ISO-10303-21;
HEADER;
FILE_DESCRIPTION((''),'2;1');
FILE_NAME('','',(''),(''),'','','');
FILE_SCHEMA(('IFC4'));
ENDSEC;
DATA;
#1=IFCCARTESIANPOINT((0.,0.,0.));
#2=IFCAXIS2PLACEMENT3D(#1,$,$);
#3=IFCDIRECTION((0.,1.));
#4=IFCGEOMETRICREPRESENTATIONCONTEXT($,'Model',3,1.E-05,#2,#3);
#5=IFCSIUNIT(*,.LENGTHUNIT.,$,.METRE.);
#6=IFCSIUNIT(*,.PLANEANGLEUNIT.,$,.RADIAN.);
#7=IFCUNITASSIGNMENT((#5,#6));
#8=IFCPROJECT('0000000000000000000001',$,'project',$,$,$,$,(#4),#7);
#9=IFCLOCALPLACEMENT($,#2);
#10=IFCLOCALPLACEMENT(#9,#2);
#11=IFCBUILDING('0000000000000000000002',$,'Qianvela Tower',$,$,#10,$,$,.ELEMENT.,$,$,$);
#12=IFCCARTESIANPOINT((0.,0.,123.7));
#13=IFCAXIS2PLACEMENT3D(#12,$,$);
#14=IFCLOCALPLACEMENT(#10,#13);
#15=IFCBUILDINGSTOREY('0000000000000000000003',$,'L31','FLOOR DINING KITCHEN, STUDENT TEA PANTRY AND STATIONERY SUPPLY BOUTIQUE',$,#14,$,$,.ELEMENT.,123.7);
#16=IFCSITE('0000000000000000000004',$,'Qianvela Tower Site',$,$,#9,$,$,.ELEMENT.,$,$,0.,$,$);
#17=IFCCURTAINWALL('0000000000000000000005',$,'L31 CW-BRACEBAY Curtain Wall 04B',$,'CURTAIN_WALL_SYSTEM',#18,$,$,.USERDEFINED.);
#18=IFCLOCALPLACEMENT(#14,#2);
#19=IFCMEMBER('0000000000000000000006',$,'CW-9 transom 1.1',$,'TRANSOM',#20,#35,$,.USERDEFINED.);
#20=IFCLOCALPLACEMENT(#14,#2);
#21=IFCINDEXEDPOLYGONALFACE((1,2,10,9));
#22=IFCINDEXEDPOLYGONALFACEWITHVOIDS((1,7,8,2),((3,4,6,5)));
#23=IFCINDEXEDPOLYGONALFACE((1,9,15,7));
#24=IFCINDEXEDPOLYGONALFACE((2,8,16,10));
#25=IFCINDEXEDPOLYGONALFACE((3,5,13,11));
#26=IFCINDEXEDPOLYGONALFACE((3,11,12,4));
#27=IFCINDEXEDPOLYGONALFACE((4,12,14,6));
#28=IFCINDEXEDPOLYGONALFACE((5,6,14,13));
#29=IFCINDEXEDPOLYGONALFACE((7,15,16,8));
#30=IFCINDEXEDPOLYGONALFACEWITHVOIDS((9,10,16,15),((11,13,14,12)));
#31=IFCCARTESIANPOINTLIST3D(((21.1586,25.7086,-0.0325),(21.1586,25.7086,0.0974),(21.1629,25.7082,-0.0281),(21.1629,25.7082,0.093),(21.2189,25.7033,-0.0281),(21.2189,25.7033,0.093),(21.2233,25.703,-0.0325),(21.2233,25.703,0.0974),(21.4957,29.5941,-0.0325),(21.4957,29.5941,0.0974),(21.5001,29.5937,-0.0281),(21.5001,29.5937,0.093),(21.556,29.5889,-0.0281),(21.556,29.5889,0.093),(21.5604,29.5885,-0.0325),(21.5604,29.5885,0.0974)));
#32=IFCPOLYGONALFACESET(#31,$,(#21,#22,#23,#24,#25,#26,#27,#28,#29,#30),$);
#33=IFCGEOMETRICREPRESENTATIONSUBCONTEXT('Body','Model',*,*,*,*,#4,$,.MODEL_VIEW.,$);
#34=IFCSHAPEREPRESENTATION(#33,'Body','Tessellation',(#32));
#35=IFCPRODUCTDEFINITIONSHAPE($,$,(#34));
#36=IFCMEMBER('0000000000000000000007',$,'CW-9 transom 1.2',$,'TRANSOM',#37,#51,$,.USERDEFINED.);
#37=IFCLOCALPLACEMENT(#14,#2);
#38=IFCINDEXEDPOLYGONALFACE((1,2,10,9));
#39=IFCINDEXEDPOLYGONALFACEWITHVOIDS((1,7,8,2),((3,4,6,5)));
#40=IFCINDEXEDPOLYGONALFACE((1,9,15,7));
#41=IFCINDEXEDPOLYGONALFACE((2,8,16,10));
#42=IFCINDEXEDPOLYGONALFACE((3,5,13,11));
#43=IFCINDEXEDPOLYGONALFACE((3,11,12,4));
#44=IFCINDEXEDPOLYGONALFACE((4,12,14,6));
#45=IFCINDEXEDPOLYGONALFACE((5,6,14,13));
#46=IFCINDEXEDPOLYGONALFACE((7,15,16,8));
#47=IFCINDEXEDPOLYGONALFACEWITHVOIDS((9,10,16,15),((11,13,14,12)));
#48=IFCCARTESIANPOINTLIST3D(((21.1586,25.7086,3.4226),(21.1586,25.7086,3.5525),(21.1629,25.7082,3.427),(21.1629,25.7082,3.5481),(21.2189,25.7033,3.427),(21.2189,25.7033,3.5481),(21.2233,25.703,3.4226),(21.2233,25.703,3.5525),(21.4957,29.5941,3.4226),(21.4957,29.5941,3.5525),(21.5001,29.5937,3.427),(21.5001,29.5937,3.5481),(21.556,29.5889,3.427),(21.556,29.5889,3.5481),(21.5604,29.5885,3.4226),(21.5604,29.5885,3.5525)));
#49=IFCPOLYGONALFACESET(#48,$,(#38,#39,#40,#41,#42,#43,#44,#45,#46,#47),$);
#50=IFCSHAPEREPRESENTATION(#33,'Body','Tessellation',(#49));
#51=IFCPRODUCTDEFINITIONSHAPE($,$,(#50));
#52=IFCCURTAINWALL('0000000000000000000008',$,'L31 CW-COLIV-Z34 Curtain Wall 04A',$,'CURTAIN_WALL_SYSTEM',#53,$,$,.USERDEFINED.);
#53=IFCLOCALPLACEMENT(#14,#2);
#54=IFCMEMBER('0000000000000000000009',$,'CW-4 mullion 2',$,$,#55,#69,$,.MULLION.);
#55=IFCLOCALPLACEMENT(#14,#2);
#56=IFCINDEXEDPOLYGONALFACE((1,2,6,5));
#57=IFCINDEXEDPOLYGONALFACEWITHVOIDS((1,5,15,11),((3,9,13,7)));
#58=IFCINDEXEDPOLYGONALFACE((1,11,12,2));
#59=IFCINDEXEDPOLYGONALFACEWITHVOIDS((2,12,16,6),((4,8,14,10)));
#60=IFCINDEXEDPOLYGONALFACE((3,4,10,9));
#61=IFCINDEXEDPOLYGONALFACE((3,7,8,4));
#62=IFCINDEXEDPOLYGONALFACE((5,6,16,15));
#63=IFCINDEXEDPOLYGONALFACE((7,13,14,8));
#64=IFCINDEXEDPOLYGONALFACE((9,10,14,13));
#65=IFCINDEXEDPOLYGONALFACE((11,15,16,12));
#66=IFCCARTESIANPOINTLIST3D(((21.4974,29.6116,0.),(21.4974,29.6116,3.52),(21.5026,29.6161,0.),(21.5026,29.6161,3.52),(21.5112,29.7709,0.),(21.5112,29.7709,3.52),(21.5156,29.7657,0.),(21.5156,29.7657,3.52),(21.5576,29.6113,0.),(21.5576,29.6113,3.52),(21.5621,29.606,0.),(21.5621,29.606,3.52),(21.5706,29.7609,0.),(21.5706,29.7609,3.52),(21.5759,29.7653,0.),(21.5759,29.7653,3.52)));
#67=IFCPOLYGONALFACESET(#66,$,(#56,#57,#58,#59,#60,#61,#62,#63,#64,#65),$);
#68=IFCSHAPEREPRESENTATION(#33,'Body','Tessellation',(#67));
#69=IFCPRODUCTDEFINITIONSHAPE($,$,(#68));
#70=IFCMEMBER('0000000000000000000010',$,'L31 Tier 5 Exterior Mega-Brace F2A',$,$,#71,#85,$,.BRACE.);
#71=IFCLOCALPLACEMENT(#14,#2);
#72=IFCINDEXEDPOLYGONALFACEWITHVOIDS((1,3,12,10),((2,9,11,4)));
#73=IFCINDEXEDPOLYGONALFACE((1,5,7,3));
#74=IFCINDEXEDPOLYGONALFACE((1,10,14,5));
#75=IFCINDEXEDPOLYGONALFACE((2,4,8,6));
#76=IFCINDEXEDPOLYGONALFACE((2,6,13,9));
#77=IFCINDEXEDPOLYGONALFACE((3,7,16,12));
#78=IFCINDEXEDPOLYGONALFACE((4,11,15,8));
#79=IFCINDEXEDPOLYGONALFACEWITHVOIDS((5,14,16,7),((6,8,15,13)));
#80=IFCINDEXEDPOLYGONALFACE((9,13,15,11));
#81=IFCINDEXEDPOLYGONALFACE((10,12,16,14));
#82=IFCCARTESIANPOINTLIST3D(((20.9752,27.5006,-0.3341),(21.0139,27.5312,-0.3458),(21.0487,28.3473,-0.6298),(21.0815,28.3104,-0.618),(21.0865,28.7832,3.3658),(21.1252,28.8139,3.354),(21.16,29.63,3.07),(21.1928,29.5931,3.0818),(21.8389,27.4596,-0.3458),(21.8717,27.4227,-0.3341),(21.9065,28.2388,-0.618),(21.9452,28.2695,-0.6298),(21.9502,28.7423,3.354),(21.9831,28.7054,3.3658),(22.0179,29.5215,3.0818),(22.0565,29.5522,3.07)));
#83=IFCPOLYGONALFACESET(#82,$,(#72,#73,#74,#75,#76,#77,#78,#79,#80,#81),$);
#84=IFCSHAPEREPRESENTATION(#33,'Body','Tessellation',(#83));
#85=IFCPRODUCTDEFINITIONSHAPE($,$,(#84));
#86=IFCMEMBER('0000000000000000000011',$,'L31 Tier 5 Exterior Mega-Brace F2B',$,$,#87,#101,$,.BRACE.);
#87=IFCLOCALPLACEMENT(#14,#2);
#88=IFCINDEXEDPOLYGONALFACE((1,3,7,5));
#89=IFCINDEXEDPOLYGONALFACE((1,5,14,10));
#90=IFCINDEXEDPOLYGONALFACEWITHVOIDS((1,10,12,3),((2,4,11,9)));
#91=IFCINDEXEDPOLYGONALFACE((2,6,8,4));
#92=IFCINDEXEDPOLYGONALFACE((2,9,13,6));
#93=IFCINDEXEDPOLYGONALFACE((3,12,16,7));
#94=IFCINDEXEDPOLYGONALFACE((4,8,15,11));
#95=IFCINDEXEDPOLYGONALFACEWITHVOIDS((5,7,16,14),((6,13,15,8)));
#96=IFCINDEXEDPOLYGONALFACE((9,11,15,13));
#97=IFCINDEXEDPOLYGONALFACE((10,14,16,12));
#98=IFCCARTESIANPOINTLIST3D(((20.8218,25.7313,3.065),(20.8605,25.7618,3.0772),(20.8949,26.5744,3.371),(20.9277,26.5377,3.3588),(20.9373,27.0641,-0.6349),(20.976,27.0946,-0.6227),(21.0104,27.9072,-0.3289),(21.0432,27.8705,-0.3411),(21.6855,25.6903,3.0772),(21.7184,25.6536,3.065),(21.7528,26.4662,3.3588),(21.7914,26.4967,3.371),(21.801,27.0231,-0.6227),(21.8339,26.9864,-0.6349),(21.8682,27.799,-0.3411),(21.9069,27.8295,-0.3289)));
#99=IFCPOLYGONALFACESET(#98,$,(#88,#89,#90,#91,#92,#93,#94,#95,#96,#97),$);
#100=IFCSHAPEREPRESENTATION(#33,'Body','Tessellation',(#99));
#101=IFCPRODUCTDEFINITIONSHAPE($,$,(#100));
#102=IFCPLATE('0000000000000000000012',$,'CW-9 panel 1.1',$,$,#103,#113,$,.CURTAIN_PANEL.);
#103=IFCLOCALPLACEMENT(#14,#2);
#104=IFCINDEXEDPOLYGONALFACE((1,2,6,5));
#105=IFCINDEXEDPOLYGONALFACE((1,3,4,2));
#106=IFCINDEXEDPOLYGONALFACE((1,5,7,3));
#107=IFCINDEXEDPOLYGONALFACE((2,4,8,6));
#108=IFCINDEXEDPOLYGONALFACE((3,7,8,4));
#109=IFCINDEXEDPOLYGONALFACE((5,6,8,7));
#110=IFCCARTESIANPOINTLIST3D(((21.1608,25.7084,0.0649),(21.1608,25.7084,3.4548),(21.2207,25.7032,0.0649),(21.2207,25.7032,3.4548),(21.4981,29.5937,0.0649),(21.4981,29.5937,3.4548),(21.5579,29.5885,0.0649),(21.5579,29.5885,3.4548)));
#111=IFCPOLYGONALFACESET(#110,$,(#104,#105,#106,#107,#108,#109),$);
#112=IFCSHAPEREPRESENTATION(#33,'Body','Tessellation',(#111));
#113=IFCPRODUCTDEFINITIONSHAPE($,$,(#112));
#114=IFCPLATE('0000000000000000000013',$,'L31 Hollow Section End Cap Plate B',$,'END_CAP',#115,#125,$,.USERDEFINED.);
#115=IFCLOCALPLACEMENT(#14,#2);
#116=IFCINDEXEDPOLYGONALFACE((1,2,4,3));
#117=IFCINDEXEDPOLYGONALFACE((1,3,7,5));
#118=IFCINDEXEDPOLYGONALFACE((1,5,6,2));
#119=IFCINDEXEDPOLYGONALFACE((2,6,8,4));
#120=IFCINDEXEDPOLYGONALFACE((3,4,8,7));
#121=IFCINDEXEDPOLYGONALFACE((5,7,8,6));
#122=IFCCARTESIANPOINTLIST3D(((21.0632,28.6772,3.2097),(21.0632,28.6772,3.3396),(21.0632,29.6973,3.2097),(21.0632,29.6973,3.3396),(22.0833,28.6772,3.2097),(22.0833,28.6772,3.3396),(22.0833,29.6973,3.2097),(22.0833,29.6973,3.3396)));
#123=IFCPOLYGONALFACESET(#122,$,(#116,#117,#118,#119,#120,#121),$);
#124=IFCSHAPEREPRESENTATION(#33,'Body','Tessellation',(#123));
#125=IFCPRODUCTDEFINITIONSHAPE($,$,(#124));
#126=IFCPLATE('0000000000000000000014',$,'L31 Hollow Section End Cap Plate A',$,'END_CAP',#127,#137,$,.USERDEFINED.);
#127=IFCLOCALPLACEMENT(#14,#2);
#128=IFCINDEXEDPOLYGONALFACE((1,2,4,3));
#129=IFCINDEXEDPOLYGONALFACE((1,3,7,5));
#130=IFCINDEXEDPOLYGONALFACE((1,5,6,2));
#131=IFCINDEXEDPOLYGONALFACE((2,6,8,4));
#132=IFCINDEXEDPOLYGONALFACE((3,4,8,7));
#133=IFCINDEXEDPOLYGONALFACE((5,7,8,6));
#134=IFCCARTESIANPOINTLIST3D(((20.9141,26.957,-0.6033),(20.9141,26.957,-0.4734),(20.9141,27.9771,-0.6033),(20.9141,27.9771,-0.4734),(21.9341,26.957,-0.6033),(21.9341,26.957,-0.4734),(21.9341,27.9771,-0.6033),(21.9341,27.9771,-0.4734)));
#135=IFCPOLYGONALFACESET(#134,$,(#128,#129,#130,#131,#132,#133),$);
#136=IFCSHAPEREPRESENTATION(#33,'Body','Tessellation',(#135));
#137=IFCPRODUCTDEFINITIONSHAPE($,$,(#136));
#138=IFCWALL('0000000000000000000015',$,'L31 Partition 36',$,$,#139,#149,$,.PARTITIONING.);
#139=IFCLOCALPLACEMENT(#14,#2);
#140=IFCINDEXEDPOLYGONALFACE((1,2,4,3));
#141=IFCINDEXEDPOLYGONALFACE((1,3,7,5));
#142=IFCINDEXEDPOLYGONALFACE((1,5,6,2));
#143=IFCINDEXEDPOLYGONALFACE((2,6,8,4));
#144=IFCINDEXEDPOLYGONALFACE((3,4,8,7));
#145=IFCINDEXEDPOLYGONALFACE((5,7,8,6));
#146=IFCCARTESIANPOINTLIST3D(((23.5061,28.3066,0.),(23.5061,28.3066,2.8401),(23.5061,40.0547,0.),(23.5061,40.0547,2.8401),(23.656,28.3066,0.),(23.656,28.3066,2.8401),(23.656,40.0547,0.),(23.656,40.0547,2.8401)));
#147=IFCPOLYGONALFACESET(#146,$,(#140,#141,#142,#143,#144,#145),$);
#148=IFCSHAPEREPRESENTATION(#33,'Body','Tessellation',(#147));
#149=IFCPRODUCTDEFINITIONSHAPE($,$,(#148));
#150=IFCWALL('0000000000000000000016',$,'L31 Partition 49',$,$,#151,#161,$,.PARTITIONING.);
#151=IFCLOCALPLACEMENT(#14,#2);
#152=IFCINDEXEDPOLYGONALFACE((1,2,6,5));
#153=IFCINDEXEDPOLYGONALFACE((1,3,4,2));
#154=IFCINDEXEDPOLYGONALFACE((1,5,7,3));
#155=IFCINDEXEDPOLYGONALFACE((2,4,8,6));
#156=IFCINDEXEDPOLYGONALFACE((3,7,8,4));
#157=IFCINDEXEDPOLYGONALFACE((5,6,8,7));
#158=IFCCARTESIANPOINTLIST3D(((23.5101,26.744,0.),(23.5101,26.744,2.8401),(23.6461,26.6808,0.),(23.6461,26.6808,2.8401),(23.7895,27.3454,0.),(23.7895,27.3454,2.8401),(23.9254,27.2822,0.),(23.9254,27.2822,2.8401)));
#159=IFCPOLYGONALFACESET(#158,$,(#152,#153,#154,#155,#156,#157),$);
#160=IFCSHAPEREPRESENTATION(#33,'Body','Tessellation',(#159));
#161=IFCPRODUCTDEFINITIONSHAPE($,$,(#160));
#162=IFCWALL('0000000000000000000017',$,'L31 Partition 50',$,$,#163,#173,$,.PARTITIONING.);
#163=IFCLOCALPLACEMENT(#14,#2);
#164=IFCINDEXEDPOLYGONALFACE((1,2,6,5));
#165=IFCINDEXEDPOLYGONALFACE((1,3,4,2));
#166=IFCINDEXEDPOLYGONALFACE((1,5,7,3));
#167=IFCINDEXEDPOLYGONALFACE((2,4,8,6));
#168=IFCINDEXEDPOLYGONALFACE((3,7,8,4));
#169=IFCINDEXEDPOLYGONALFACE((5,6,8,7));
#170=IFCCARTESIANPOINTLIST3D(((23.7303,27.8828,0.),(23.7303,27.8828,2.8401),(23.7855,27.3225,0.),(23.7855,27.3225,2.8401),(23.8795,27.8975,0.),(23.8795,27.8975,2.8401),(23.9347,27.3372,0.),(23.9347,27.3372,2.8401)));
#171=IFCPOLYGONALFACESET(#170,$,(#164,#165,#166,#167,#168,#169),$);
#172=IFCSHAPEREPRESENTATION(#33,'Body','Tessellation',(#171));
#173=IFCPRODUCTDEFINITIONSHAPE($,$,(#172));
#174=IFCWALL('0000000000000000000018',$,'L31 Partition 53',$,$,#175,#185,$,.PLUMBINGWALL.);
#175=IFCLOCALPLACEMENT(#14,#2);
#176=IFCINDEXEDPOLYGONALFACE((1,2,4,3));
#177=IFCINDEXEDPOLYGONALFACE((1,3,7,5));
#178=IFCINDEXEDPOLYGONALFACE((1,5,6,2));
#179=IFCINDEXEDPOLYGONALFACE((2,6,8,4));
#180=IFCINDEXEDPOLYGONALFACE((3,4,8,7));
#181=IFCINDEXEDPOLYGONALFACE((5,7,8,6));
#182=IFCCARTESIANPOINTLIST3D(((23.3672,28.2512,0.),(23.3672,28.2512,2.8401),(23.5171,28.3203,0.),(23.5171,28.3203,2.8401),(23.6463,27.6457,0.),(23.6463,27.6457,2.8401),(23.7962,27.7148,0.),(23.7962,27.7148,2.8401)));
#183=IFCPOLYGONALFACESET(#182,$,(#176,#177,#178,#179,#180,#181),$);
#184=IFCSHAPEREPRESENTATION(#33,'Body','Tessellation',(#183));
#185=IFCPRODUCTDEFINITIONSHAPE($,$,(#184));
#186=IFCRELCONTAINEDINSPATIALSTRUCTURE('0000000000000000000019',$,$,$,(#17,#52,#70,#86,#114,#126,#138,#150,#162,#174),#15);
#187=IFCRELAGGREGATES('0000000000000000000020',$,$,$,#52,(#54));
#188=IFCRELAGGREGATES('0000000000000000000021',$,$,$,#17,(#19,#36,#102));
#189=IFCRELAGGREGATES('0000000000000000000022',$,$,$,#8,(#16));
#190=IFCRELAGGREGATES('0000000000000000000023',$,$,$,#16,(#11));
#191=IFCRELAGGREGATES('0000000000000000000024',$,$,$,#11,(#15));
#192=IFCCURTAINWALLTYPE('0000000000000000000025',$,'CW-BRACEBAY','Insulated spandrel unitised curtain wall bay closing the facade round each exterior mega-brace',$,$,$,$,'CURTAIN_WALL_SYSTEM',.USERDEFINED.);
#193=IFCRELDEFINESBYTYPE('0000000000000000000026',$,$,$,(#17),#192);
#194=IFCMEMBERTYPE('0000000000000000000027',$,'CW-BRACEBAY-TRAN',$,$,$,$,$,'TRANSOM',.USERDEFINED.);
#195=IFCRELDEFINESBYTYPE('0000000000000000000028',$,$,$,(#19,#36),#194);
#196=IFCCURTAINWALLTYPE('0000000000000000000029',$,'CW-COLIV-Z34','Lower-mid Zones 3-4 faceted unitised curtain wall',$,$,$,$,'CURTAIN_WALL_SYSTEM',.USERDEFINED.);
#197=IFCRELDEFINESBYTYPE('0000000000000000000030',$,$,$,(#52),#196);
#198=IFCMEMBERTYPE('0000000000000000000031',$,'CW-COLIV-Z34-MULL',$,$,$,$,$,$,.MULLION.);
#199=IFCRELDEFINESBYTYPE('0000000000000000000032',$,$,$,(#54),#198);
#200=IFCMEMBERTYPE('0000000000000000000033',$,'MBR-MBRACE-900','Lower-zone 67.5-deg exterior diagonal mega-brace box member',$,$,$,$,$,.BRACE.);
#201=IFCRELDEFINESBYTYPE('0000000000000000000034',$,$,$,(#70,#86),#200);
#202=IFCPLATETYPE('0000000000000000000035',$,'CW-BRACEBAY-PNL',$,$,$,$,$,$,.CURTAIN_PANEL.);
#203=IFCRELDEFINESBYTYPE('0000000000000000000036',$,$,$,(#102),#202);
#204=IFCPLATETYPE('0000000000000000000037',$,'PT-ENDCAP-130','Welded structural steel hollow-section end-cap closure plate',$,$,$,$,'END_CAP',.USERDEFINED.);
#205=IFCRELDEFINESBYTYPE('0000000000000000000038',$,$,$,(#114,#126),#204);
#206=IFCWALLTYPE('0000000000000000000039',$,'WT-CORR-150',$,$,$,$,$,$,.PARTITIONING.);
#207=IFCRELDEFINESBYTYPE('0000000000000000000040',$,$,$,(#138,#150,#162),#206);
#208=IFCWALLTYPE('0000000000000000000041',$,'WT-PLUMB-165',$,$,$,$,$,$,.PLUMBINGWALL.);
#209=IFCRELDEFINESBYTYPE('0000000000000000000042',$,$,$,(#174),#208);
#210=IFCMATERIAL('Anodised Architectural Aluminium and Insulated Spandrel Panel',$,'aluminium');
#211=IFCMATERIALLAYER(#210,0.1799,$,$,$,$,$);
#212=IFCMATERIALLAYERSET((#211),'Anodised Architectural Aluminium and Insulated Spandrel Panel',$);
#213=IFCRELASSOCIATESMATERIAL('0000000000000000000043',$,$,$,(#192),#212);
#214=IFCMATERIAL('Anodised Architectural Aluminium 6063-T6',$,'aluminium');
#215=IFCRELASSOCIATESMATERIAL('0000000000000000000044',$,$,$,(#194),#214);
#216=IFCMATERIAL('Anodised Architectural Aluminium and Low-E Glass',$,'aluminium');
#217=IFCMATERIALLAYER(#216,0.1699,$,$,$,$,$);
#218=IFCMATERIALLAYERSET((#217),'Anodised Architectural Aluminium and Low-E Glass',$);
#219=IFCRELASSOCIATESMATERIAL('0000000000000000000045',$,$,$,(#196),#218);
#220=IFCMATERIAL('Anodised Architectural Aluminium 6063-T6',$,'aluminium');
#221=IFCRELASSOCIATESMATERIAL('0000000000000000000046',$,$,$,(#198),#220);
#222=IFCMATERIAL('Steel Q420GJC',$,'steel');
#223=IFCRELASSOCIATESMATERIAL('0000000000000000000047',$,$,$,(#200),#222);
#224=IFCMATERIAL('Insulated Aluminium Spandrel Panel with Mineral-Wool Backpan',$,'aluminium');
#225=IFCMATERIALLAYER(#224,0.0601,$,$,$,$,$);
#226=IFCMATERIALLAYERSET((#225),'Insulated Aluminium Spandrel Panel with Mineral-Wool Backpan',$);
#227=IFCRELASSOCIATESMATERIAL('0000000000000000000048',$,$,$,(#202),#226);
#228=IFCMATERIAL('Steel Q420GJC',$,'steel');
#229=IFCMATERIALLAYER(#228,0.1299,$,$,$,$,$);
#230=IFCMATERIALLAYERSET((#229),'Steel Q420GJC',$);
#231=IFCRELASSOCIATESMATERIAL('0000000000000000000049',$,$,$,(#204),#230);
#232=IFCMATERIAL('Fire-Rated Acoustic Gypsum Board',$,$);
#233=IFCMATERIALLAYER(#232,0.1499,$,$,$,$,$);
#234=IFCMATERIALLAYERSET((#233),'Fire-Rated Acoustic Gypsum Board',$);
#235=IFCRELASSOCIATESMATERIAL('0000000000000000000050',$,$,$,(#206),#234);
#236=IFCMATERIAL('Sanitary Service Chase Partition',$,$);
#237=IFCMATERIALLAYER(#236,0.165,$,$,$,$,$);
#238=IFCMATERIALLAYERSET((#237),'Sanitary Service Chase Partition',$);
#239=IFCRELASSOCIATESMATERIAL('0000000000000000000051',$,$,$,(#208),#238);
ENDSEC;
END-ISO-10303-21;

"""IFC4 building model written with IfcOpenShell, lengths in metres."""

from ifc_helpers import new_model, si_unit, direction, frame, frame_2d, origin, origin_2d, place, context, subcontext, project, spatial, rectangle, hollow_rectangle, extrude, material, layer, layer_set, material_profile, profile_set, type_object, element, aggregate, save


model = new_model("IFC4")

# Units and contexts
model_context = context("Model", 3, precision=1e-05, world=origin(), true_north=direction((0.0, 1.0)))
body_context = subcontext(model_context, "Body", "Model", "MODEL_VIEW")
ifc_project = project(units=[si_unit("LENGTHUNIT", "METRE"), si_unit("PLANEANGLEUNIT", "RADIAN")], contexts=[model_context])

# Site, building, storey
site_placement = place(None, origin())
site = spatial("IfcSite", under=ifc_project, at=site_placement, Name="Qianvela Tower Site", CompositionType="ELEMENT", RefElevation=0.0)
building_placement = place(site_placement, origin())
building = spatial("IfcBuilding", under=site, at=building_placement, Name="Qianvela Tower", CompositionType="ELEMENT")
storey_placement = place(building_placement, frame((0.0, 0.0, 123.7)))
storey = spatial("IfcBuildingStorey", under=building, at=storey_placement, Name="L31", Description="FLOOR DINING KITCHEN, STUDENT TEA PANTRY AND STATIONERY SUPPLY BOUTIQUE", CompositionType="ELEMENT", Elevation=123.7)

# Curtain wall, members
ifc_material_1 = material(Name="Anodised Architectural Aluminium and Insulated Spandrel Panel", Category="aluminium")
ifc_layer_1 = layer(ifc_material_1, 0.1799)
ifc_layer_set_1 = layer_set([ifc_layer_1], Name="Anodised Architectural Aluminium and Insulated Spandrel Panel")
curtain_wall_type_1 = type_object("IfcCurtainWallType", Name="CW-BRACEBAY", Description="Insulated spandrel unitised curtain wall bay closing the facade round each exterior mega-brace", ElementType="CURTAIN_WALL_SYSTEM", PredefinedType="USERDEFINED", material=ifc_layer_set_1)
curtain_wall_1_placement = place(storey_placement, origin())
curtain_wall_1 = element("IfcCurtainWall", 1, at=curtain_wall_1_placement, inside=storey, type_object=curtain_wall_type_1, Name="L31 CW-BRACEBAY Curtain Wall 04B", ObjectType="CURTAIN_WALL_SYSTEM", PredefinedType="USERDEFINED")
ifc_material_2 = material(Name="Anodised Architectural Aluminium 6063-T6", Category="aluminium")
ifc_material_profile_1 = material_profile(ifc_material_2, hollow_rectangle(XDim=0.0649, YDim=0.1299, WallThickness=0.0044, at=origin_2d()), Name="ALU-TRAN-65x130")
ifc_profile_set_1 = profile_set([ifc_material_profile_1], Name="Anodised Architectural Aluminium 6063-T6")
member_type_1 = type_object("IfcMemberType", Name="CW-BRACEBAY-TRAN", ElementType="TRANSOM", PredefinedType="USERDEFINED", material=ifc_profile_set_1)
member_1_placement = place(storey_placement, frame((21.5281, 29.5913, 0.0325), z_axis=(-0.086449, -0.996256, 0.0), x_axis=(0.996256, -0.086449, 0.0)))
member_1 = element("IfcMember", 2, at=member_1_placement, type_object=member_type_1, Name="CW-9 transom 1.1", ObjectType="TRANSOM", PredefinedType="USERDEFINED", context=body_context, shape_type="SweptSolid", body=[
    extrude(hollow_rectangle(XDim=0.0649, YDim=0.1299, WallThickness=0.0044, at=origin_2d()), origin(), (0.0, 0.0, 1.0), 3.9001),
])
member_2_placement = place(storey_placement, frame((21.5281, 29.5913, 3.4875), z_axis=(-0.086449, -0.996256, 0.0), x_axis=(0.996256, -0.086449, 0.0)))
member_2 = element("IfcMember", 3, at=member_2_placement, type_object=member_type_1, Name="CW-9 transom 1.2", ObjectType="TRANSOM", PredefinedType="USERDEFINED", context=body_context, shape_type="SweptSolid", body=[
    extrude(hollow_rectangle(XDim=0.0649, YDim=0.1299, WallThickness=0.0044, at=origin_2d()), origin(), (0.0, 0.0, 1.0), 3.9001),
])

# Curtain wall, member
ifc_material_3 = material(Name="Anodised Architectural Aluminium and Low-E Glass", Category="aluminium")
ifc_layer_2 = layer(ifc_material_3, 0.1699)
ifc_layer_set_2 = layer_set([ifc_layer_2], Name="Anodised Architectural Aluminium and Low-E Glass")
curtain_wall_type_2 = type_object("IfcCurtainWallType", Name="CW-COLIV-Z34", Description="Lower-mid Zones 3-4 faceted unitised curtain wall", ElementType="CURTAIN_WALL_SYSTEM", PredefinedType="USERDEFINED", material=ifc_layer_set_2)
curtain_wall_2_placement = place(storey_placement, origin())
curtain_wall_2 = element("IfcCurtainWall", 4, at=curtain_wall_2_placement, inside=storey, type_object=curtain_wall_type_2, Name="L31 CW-COLIV-Z34 Curtain Wall 04A", ObjectType="CURTAIN_WALL_SYSTEM", PredefinedType="USERDEFINED")
ifc_material_4 = material(Name="Anodised Architectural Aluminium 6063-T6", Category="aluminium")
ifc_material_profile_2 = material_profile(ifc_material_4, hollow_rectangle(XDim=0.0649, YDim=0.1599, WallThickness=0.0049, at=origin_2d()), Name="ALU-MULL-65x160")
ifc_profile_set_2 = profile_set([ifc_material_profile_2], Name="Anodised Architectural Aluminium 6063-T6")
member_type_2 = type_object("IfcMemberType", Name="CW-COLIV-Z34-MULL", PredefinedType="MULLION", material=ifc_profile_set_2)
member_3_placement = place(storey_placement, frame((21.5366, 29.6885, 0.0), z_axis=(0.0, 0.0, 1.0), x_axis=(0.996255, -0.086459, 0.0)))
member_3 = element("IfcMember", 5, at=member_3_placement, type_object=member_type_2, Name="CW-4 mullion 2", PredefinedType="MULLION", context=body_context, shape_type="SweptSolid", body=[
    extrude(hollow_rectangle(XDim=0.0649, YDim=0.1599, WallThickness=0.0049, at=origin_2d()), origin(), (0.0, 0.0, 1.0), 3.52),
])
aggregate(curtain_wall_2, [member_3])

# Members
ifc_material_5 = material(Name="Steel Q420GJC", Category="steel")
ifc_material_profile_3 = material_profile(ifc_material_5, hollow_rectangle(XDim=0.8999, YDim=0.8999, WallThickness=0.0359, at=origin_2d()), Name="MBOX-900x900x36")
ifc_profile_set_3 = profile_set([ifc_material_profile_3], Name="Steel Q420GJC")
member_type_3 = type_object("IfcMemberType", Name="MBR-MBRACE-900", Description="Lower-zone 67.5-deg exterior diagonal mega-brace box member", PredefinedType="BRACE", material=ifc_profile_set_3)
member_4_placement = place(storey_placement, frame((21.4602, 27.885, -0.4819), z_axis=(0.028418, 0.327426, 0.944449), x_axis=(-0.996255, 0.086466, 0.0)))
element("IfcMember", 6, at=member_4_placement, inside=storey, type_object=member_type_3, Name="L31 Tier 5 Exterior Mega-Brace F2A", PredefinedType="BRACE", context=body_context, shape_type="SweptSolid", body=[
    extrude(hollow_rectangle(XDim=0.8999, YDim=0.8999, WallThickness=0.0359, at=origin_2d()), origin(), (0.0, 0.0, 1.0), 3.9175),
])
member_5_placement = place(storey_placement, frame((21.4221, 27.4468, -0.4819), z_axis=(-0.029351, -0.338749, 0.940419), x_axis=(0.996267, -0.086322, 0.0)))
element("IfcMember", 7, at=member_5_placement, inside=storey, type_object=member_type_3, Name="L31 Tier 5 Exterior Mega-Brace F2B", PredefinedType="BRACE", context=body_context, shape_type="SweptSolid", body=[
    extrude(hollow_rectangle(XDim=0.8999, YDim=0.8999, WallThickness=0.0359, at=origin_2d()), origin(), (0.0, 0.0, 1.0), 3.9343),
])

# Plate
ifc_material_6 = material(Name="Insulated Aluminium Spandrel Panel with Mineral-Wool Backpan", Category="aluminium")
ifc_layer_3 = layer(ifc_material_6, 0.0601)
ifc_layer_set_3 = layer_set([ifc_layer_3], Name="Insulated Aluminium Spandrel Panel with Mineral-Wool Backpan")
plate_type_1 = type_object("IfcPlateType", Name="CW-BRACEBAY-PNL", PredefinedType="CURTAIN_PANEL", material=ifc_layer_set_3)
plate_placement = place(storey_placement, frame((21.3594, 27.6484, 0.0649), z_axis=(0.0, 0.0, 1.0), x_axis=(-0.086476, -0.996254, 0.0)))
plate = element("IfcPlate", 8, at=plate_placement, type_object=plate_type_1, Name="CW-9 panel 1.1", PredefinedType="CURTAIN_PANEL", context=body_context, shape_type="SweptSolid", body=[
    extrude(rectangle(XDim=3.8999, YDim=0.0601, at=origin_2d()), origin(), (0.0, 0.0, 1.0), 3.3899),
])
aggregate(curtain_wall_1, [member_1, member_2, plate])

# Plates
ifc_material_7 = material(Name="Steel Q420GJC", Category="steel")
ifc_layer_4 = layer(ifc_material_7, 0.1299)
ifc_layer_set_4 = layer_set([ifc_layer_4], Name="Steel Q420GJC")
plate_type_2 = type_object("IfcPlateType", Name="PT-ENDCAP-130", Description="Welded structural steel hollow-section end-cap closure plate", ElementType="END_CAP", PredefinedType="USERDEFINED", material=ifc_layer_set_4)
for number, where, z_axis, x_axis, name in (
    (9, (21.5732, 29.1873, 3.2097), (0.0, 0.0, 1.0), (1.0, 0.0, 0.0), "L31 Hollow Section End Cap Plate B"),
    (10, (21.4241, 27.467, -0.6033), (0.0, 0.0, 1.0), (1.0, 0.0, 0.0), "L31 Hollow Section End Cap Plate A"),
):
    element("IfcPlate", number, at=place(storey_placement, frame(where, z_axis=z_axis, x_axis=x_axis)), inside=storey, type_object=plate_type_2, Name=name, ObjectType="END_CAP", PredefinedType="USERDEFINED", context=body_context, shape_type="SweptSolid", body=[
        extrude(rectangle(XDim=1.02, YDim=1.02, at=origin_2d()), origin(), (0.0, 0.0, 1.0), 0.1299),
    ])

# Walls
ifc_material_8 = material(Name="Fire-Rated Acoustic Gypsum Board")
ifc_layer_5 = layer(ifc_material_8, 0.1499)
ifc_layer_set_5 = layer_set([ifc_layer_5], Name="Fire-Rated Acoustic Gypsum Board")
wall_type_1 = type_object("IfcWallType", Name="WT-CORR-150", PredefinedType="PARTITIONING", material=ifc_layer_set_5)
wall_1_placement = place(storey_placement, frame((23.5811, 28.3066, 0.0), z_axis=(0.0, 0.0, 1.0), x_axis=(0.0, 1.0, 0.0)))
element("IfcWall", 11, at=wall_1_placement, inside=storey, type_object=wall_type_1, Name="L31 Partition 36", PredefinedType="PARTITIONING", context=body_context, shape_type="SweptSolid", body=[
    extrude(rectangle(XDim=11.748, YDim=0.1499, at=frame_2d((5.874, 0.0))), origin(), (0.0, 0.0, 1.0), 2.8401),
])
wall_2_placement = place(storey_placement, frame((23.5781, 26.7124, 0.0), z_axis=(0.0, 0.0, 1.0), x_axis=(0.421252, 0.906944, 0.0)))
element("IfcWall", 12, at=wall_2_placement, inside=storey, type_object=wall_type_1, Name="L31 Partition 49", PredefinedType="PARTITIONING", context=body_context, shape_type="SweptSolid", body=[
    extrude(rectangle(XDim=0.6631, YDim=0.1499, at=frame_2d((0.3315, 0.0))), origin(), (0.0, 0.0, 1.0), 2.8401),
])
wall_3_placement = place(storey_placement, frame((23.8601, 27.3298, 0.0), z_axis=(0.0, 0.0, 1.0), x_axis=(-0.098001, 0.995186, 0.0)))
element("IfcWall", 13, at=wall_3_placement, inside=storey, type_object=wall_type_1, Name="L31 Partition 50", PredefinedType="PARTITIONING", context=body_context, shape_type="SweptSolid", body=[
    extrude(rectangle(XDim=0.563, YDim=0.1499, at=frame_2d((0.2815, 0.0))), origin(), (0.0, 0.0, 1.0), 2.8401),
])
ifc_material_9 = material(Name="Sanitary Service Chase Partition")
ifc_layer_6 = layer(ifc_material_9, 0.165)
ifc_layer_set_6 = layer_set([ifc_layer_6], Name="Sanitary Service Chase Partition")
wall_type_2 = type_object("IfcWallType", Name="WT-PLUMB-165", PredefinedType="PLUMBINGWALL", material=ifc_layer_set_6)
wall_4_placement = place(storey_placement, frame((23.4421, 28.2859, 0.0), z_axis=(0.0, 0.0, 1.0), x_axis=(0.41857, -0.908184, 0.0)))
element("IfcWall", 14, at=wall_4_placement, inside=storey, type_object=wall_type_2, Name="L31 Partition 53", PredefinedType="PLUMBINGWALL", context=body_context, shape_type="SweptSolid", body=[
    extrude(rectangle(XDim=0.6667, YDim=0.165, at=frame_2d((0.3335, 0.0))), origin(), (0.0, 0.0, 1.0), 2.8401),
])

save(model, "model.ifc")
